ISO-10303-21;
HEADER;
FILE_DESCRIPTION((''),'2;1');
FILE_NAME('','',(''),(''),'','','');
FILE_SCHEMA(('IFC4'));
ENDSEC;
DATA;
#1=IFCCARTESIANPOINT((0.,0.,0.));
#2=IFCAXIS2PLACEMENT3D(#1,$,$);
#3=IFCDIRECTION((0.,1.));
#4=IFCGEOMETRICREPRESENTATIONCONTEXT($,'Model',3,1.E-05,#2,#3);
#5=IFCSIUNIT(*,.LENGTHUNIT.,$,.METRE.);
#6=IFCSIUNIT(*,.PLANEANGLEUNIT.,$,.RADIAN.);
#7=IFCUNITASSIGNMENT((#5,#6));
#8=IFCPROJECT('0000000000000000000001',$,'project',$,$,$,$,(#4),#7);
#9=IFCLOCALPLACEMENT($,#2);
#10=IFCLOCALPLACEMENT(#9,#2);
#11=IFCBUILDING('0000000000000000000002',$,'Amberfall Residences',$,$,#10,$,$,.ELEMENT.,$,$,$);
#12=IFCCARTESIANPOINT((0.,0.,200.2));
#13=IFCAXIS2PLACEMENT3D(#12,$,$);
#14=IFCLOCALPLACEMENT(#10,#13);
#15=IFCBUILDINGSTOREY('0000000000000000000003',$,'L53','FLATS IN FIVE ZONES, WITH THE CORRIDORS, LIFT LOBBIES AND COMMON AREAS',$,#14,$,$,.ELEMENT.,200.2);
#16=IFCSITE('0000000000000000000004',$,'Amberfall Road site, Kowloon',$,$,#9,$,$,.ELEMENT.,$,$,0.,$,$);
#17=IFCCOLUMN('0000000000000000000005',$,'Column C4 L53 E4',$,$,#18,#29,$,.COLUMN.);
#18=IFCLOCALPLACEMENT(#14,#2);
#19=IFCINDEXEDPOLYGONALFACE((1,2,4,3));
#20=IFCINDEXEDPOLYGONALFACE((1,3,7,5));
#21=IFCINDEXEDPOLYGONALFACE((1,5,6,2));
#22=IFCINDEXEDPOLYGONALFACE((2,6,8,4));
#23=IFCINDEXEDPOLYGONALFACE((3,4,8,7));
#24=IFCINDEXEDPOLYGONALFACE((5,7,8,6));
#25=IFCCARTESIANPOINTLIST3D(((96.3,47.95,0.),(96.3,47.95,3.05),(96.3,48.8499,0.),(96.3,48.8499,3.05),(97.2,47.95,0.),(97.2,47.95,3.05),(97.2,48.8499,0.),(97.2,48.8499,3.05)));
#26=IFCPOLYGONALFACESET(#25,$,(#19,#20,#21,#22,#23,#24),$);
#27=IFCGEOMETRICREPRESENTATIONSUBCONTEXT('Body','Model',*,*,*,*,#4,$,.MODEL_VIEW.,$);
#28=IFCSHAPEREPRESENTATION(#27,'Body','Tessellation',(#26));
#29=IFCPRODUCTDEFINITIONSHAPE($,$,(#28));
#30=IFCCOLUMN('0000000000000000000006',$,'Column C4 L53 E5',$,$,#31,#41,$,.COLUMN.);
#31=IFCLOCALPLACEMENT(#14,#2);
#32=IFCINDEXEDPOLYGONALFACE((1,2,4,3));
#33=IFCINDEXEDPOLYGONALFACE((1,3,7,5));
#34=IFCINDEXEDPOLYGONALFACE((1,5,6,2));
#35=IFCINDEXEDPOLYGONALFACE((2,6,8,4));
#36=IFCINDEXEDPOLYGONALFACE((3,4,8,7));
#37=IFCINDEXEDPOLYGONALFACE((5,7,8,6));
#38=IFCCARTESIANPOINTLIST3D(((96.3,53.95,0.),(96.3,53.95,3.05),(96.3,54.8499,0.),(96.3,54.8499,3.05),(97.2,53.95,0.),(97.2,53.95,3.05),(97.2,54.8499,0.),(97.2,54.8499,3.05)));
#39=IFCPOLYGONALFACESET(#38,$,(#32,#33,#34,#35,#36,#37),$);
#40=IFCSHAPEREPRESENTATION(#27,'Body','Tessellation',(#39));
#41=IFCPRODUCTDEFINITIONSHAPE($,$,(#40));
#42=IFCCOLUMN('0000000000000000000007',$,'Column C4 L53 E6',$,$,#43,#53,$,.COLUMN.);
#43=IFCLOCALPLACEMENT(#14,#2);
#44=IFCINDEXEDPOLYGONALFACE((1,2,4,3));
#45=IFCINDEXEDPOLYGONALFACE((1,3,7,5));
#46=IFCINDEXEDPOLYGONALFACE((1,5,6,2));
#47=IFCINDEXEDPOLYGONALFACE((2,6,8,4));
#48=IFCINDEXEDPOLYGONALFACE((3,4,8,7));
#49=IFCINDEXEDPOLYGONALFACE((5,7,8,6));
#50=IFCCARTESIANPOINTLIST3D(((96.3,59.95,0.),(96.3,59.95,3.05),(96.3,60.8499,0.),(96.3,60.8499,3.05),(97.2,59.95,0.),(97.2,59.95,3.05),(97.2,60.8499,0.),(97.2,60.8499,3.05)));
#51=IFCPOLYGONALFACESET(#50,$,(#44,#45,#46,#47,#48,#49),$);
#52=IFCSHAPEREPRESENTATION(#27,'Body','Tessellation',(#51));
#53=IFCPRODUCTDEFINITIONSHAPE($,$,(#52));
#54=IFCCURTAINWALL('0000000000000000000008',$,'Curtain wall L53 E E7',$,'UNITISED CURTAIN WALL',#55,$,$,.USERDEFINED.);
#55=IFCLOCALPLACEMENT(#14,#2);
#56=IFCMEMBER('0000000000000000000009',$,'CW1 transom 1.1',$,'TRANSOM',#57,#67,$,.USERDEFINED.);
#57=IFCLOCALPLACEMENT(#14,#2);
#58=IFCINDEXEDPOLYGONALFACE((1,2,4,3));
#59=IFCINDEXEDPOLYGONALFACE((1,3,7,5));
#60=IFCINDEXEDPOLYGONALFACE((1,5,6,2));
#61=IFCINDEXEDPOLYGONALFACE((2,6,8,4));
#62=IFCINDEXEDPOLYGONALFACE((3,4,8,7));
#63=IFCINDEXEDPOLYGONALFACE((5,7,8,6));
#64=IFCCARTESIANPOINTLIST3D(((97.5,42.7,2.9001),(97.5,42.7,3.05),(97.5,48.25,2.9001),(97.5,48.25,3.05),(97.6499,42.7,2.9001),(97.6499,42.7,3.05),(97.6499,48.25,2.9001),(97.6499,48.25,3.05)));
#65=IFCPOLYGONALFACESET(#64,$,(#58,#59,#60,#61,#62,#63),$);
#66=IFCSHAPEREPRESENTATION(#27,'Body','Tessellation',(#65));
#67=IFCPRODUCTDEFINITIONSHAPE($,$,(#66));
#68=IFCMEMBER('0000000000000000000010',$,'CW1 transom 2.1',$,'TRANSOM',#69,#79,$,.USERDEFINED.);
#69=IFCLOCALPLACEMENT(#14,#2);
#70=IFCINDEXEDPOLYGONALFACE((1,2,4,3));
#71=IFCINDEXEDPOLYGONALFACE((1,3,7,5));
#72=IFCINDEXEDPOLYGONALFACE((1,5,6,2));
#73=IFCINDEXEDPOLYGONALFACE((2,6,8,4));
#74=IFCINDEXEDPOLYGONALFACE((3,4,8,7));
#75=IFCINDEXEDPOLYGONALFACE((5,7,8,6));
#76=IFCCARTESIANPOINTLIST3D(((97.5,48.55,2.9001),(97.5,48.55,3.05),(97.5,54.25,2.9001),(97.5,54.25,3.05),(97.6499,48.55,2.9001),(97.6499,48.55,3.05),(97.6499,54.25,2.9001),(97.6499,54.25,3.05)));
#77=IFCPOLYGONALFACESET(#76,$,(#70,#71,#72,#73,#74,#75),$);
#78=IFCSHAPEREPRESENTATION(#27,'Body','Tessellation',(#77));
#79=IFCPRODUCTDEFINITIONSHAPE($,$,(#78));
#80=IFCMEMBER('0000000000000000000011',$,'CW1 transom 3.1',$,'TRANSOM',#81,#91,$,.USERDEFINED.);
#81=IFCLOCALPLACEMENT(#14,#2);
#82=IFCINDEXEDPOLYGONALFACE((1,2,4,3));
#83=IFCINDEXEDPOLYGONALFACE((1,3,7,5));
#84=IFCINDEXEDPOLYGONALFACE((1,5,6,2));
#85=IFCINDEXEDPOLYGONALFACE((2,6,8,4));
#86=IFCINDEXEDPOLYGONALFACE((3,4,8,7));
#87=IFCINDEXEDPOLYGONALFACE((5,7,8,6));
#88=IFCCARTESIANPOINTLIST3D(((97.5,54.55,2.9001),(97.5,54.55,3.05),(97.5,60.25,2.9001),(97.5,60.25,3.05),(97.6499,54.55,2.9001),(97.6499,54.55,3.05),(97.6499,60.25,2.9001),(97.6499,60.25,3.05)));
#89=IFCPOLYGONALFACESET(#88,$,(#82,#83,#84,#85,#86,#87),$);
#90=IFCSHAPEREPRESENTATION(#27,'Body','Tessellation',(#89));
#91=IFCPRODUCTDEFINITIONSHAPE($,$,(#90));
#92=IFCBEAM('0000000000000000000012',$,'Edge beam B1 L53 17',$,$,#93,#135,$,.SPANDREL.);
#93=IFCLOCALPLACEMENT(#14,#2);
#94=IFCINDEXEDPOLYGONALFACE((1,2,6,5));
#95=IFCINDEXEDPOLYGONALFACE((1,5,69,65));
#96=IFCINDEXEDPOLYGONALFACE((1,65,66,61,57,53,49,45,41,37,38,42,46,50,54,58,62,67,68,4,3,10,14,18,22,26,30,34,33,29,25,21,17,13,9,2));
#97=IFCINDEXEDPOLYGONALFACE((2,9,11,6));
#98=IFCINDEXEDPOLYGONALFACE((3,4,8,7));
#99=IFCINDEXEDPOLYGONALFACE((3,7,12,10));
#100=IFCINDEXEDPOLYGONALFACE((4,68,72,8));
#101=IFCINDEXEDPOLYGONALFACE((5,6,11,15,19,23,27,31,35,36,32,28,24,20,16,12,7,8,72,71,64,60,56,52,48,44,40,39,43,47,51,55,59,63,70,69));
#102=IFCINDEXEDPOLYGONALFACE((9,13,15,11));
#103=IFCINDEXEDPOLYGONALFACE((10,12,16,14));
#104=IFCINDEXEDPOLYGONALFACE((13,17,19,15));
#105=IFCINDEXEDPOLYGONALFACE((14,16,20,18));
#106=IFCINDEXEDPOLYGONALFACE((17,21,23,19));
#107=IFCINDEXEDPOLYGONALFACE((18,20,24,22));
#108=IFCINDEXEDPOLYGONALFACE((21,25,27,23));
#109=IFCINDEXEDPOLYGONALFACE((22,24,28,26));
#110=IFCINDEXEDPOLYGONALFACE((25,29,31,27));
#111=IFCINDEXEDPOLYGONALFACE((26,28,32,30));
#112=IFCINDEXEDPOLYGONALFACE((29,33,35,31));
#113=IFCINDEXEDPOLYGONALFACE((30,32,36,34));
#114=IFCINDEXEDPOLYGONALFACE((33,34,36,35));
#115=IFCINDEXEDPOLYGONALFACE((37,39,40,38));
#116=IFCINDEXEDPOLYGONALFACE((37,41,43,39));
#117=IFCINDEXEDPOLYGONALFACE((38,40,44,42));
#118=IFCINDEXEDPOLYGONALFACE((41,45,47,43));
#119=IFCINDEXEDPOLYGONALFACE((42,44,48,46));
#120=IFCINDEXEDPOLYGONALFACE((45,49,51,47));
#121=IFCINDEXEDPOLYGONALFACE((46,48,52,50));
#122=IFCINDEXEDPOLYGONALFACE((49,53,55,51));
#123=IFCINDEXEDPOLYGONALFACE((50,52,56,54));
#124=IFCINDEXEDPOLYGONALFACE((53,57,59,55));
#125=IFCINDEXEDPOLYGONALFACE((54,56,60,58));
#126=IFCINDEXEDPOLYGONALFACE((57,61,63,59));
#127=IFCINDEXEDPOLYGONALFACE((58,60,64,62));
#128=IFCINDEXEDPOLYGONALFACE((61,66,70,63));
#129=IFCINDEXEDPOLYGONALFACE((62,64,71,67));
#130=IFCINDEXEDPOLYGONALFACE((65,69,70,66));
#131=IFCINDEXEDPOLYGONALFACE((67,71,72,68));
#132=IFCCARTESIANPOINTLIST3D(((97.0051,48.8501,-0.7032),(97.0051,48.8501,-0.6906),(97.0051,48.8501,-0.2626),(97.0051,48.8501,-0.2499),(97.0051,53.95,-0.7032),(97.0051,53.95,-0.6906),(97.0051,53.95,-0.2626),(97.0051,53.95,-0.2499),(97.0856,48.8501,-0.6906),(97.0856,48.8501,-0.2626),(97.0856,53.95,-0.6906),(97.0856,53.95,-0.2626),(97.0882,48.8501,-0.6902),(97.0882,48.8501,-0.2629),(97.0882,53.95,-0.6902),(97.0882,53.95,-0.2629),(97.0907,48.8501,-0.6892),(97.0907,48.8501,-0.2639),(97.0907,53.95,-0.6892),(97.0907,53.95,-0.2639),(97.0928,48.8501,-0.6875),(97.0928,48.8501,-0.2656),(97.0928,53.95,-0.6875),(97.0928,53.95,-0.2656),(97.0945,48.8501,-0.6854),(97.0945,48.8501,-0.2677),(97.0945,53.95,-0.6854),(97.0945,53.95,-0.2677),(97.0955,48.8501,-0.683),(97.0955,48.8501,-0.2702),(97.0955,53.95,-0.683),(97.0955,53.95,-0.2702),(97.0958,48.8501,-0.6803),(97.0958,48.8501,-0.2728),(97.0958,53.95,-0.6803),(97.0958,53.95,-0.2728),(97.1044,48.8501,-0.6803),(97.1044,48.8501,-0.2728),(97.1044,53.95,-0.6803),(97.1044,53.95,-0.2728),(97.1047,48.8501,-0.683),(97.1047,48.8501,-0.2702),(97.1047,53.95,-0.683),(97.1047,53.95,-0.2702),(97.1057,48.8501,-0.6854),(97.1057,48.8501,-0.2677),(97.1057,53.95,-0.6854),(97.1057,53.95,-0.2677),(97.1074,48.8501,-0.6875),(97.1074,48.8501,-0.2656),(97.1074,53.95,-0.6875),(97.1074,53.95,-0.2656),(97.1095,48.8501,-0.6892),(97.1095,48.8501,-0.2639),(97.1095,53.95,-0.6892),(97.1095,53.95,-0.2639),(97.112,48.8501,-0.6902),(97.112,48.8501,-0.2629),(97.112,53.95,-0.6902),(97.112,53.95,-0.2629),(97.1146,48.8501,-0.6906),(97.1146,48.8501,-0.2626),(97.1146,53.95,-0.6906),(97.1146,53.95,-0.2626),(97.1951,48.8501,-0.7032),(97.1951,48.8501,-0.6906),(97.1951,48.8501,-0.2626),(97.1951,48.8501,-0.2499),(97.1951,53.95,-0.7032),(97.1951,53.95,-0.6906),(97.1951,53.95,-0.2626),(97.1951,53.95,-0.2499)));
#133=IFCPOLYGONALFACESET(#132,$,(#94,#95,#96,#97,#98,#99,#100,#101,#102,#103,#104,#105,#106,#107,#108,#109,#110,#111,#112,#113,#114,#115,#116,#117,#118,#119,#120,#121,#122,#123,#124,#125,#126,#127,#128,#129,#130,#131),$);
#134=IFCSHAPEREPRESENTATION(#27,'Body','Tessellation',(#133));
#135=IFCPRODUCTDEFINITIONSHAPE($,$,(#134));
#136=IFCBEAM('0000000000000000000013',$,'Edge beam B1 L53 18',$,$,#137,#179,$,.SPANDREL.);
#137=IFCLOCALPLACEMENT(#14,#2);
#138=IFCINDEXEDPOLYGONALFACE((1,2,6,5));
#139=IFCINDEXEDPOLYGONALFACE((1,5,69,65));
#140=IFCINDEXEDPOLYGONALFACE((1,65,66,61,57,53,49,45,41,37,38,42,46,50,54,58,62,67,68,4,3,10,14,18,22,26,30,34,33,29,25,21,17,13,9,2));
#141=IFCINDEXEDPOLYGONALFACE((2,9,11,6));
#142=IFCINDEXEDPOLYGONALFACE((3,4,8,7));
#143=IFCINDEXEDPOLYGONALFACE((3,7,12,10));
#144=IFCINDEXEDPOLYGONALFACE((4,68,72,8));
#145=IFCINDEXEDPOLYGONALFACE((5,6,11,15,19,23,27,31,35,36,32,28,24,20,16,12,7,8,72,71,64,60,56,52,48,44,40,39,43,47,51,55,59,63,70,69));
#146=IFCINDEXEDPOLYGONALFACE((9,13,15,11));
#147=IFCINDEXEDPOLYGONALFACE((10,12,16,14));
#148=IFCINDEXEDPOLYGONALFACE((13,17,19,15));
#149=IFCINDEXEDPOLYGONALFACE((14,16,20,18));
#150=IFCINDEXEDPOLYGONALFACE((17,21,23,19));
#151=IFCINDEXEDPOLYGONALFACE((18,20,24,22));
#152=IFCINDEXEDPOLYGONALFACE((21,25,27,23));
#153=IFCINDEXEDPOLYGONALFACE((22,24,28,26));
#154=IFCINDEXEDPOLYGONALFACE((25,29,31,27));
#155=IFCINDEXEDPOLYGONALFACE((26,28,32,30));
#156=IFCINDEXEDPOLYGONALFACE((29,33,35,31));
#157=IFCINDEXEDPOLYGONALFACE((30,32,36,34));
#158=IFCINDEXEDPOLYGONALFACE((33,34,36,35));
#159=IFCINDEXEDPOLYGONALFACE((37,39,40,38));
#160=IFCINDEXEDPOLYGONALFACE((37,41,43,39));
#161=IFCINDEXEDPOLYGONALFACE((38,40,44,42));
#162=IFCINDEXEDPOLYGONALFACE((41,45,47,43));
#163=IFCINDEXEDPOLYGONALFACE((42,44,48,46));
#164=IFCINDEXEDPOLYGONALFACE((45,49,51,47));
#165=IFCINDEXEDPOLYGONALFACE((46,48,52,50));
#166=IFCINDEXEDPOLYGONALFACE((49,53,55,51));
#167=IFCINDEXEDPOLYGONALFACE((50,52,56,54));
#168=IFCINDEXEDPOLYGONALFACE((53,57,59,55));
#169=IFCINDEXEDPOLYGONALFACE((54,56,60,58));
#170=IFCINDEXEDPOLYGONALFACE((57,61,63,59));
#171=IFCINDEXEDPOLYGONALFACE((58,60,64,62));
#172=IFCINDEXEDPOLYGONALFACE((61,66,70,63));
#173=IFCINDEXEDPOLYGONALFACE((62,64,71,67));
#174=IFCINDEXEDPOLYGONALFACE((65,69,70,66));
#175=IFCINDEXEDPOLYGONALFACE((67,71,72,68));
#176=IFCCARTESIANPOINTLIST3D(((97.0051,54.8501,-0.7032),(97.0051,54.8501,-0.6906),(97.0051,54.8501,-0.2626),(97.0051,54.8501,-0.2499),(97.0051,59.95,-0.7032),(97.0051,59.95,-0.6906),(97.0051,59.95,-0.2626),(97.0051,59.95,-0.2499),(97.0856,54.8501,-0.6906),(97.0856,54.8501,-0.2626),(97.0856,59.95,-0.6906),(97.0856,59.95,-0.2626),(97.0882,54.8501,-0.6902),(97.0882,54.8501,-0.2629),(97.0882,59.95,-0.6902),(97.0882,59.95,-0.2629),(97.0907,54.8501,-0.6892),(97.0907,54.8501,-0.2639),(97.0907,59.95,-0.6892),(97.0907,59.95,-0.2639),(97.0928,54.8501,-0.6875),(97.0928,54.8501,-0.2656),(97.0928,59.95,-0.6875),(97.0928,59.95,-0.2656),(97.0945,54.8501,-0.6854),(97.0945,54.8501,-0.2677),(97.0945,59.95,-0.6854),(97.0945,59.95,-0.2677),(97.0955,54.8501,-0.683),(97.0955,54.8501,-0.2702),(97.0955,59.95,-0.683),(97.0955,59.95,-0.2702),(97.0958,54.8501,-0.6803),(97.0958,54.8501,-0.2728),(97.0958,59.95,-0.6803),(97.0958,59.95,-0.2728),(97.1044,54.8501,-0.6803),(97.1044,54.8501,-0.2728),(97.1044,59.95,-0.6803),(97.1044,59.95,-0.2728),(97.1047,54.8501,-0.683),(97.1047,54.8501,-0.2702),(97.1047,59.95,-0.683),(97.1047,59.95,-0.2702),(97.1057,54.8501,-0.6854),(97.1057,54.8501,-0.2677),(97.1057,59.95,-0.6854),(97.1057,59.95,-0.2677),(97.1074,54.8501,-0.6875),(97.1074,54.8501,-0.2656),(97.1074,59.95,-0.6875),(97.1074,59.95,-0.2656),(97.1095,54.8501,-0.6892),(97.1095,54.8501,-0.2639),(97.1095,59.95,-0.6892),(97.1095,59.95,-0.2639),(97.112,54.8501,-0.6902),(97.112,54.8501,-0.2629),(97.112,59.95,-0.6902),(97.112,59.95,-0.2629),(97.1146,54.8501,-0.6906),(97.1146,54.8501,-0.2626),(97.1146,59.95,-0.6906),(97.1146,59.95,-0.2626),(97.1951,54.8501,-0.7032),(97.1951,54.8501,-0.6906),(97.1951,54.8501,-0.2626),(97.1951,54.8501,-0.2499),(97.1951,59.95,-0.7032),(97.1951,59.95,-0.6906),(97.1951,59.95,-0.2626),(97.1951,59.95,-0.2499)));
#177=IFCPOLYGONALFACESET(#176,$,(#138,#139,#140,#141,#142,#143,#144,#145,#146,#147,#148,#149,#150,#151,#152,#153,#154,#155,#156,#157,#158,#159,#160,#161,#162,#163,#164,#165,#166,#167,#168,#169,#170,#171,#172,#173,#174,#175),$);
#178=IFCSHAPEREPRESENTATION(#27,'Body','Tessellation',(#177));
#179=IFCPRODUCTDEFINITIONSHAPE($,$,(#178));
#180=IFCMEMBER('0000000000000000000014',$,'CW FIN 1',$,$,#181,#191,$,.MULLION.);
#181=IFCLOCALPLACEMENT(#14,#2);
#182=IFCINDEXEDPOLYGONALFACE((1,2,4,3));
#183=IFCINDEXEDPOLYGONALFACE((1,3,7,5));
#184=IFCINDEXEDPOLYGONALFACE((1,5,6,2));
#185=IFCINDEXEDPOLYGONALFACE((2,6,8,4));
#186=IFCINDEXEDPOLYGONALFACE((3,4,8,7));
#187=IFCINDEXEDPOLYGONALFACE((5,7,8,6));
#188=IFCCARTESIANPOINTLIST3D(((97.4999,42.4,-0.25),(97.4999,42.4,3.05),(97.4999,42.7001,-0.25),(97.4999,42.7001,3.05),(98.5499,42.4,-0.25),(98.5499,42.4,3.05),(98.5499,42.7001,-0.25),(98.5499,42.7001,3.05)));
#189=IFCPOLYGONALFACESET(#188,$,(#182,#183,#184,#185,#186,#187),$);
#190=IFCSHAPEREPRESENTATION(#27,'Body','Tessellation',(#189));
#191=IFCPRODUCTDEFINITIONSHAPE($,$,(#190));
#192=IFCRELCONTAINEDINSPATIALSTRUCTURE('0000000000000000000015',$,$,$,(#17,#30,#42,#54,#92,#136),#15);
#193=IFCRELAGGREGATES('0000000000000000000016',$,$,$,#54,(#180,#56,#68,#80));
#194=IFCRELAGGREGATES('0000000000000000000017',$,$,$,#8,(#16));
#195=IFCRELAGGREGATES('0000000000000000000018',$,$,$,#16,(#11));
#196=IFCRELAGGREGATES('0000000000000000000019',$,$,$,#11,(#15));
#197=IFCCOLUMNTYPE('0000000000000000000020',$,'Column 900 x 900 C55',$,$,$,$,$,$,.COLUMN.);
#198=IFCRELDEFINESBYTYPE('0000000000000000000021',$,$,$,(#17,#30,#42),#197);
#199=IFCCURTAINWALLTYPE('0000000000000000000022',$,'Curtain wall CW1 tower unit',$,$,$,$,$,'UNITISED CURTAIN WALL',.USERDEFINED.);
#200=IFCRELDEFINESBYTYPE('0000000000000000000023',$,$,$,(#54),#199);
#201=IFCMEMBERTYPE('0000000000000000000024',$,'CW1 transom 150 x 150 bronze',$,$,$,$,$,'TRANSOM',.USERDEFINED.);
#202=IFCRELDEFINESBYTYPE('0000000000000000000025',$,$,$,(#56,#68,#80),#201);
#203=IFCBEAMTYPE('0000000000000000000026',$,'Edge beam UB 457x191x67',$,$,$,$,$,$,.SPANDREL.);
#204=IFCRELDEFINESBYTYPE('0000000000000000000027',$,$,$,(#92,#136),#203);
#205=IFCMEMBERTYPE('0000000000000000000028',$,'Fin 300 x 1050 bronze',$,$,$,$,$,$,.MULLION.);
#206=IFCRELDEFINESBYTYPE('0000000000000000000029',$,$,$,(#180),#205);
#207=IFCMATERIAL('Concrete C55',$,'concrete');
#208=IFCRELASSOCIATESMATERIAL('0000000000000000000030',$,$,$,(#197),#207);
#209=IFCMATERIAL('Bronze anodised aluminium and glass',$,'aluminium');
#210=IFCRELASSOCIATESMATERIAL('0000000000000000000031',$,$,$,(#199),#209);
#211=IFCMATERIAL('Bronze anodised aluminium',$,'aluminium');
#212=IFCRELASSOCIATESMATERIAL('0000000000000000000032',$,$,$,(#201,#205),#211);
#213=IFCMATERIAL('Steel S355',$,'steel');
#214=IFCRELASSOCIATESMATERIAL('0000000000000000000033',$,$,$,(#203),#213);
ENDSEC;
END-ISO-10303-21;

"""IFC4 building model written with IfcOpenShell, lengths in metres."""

from ifc_helpers import new_model, si_unit, direction, frame, origin, origin_2d, place, context, subcontext, project, spatial, rectangle, i_section, extrude, material, material_profile, profile_set, type_object, element, aggregate, save


model = new_model("IFC4")

# Units and contexts
model_context = context("Model", 3, precision=1e-05, world=origin(), true_north=direction((0.0, 1.0)))
body_context = subcontext(model_context, "Body", "Model", "MODEL_VIEW")
ifc_project = project(units=[si_unit("LENGTHUNIT", "METRE"), si_unit("PLANEANGLEUNIT", "RADIAN")], contexts=[model_context])

# Site, building, storey
site_placement = place(None, origin())
site = spatial("IfcSite", under=ifc_project, at=site_placement, Name="Amberfall Road site, Kowloon", CompositionType="ELEMENT", RefElevation=0.0)
building_placement = place(site_placement, origin())
building = spatial("IfcBuilding", under=site, at=building_placement, Name="Amberfall Residences", CompositionType="ELEMENT")
storey_placement = place(building_placement, frame((0.0, 0.0, 200.2)))
storey = spatial("IfcBuildingStorey", under=building, at=storey_placement, Name="L53", Description="FLATS IN FIVE ZONES, WITH THE CORRIDORS, LIFT LOBBIES AND COMMON AREAS", CompositionType="ELEMENT", Elevation=200.2)

# Columns
ifc_material_1 = material(Name="Concrete C55", Category="concrete")
ifc_material_profile_1 = material_profile(ifc_material_1, rectangle(XDim=0.8999, YDim=0.8999, at=origin_2d()), Name="Column 900 x 900 C55")
ifc_profile_set_1 = profile_set([ifc_material_profile_1], Name="Concrete C55")
column_type = type_object("IfcColumnType", Name="Column 900 x 900 C55", PredefinedType="COLUMN", material=ifc_profile_set_1)
for number, where, z_axis, x_axis, name in (
    (1, (96.75, 48.3999, 0.0), (0.0, 0.0, 1.0), (1.0, 0.0, 0.0), "Column C4 L53 E4"),
    (2, (96.75, 54.3999, 0.0), (0.0, 0.0, 1.0), (1.0, 0.0, 0.0), "Column C4 L53 E5"),
    (3, (96.75, 60.3999, 0.0), (0.0, 0.0, 1.0), (1.0, 0.0, 0.0), "Column C4 L53 E6"),
):
    element("IfcColumn", number, at=place(storey_placement, frame(where, z_axis=z_axis, x_axis=x_axis)), inside=storey, type_object=column_type, Name=name, PredefinedType="COLUMN", context=body_context, shape_type="SweptSolid", body=[
        extrude(rectangle(XDim=0.8999, YDim=0.8999, at=origin_2d()), origin(), (0.0, 0.0, 1.0), 3.05),
    ])

# Curtain wall, members
ifc_material_2 = material(Name="Bronze anodised aluminium and glass", Category="aluminium")
curtain_wall_type = type_object("IfcCurtainWallType", Name="Curtain wall CW1 tower unit", ElementType="UNITISED CURTAIN WALL", PredefinedType="USERDEFINED", material=ifc_material_2)
curtain_wall_placement = place(storey_placement, origin())
curtain_wall = element("IfcCurtainWall", 4, at=curtain_wall_placement, inside=storey, type_object=curtain_wall_type, Name="Curtain wall L53 E E7", ObjectType="UNITISED CURTAIN WALL", PredefinedType="USERDEFINED")
ifc_material_3 = material(Name="Bronze anodised aluminium", Category="aluminium")
ifc_material_profile_2 = material_profile(ifc_material_3, rectangle(XDim=0.1499, YDim=0.1499, at=origin_2d()), Name="CW1 transom 150 x 150 bronze")
ifc_profile_set_2 = profile_set([ifc_material_profile_2], Name="Bronze anodised aluminium")
member_type_1 = type_object("IfcMemberType", Name="CW1 transom 150 x 150 bronze", ElementType="TRANSOM", PredefinedType="USERDEFINED", material=ifc_profile_set_2)
member_1_placement = place(storey_placement, frame((97.575, 42.7, 2.9751), z_axis=(0.0, 1.0, 0.0), x_axis=(-1.0, 0.0, 0.0)))
member_1 = element("IfcMember", 5, at=member_1_placement, type_object=member_type_1, Name="CW1 transom 1.1", ObjectType="TRANSOM", PredefinedType="USERDEFINED", context=body_context, shape_type="SweptSolid", body=[
    extrude(rectangle(XDim=0.1499, YDim=0.1499, at=origin_2d()), origin(), (0.0, 0.0, 1.0), 5.55),
])
member_2_placement = place(storey_placement, frame((97.575, 48.55, 2.9751), z_axis=(0.0, 1.0, 0.0), x_axis=(-1.0, 0.0, 0.0)))
member_2 = element("IfcMember", 6, at=member_2_placement, type_object=member_type_1, Name="CW1 transom 2.1", ObjectType="TRANSOM", PredefinedType="USERDEFINED", context=body_context, shape_type="SweptSolid", body=[
    extrude(rectangle(XDim=0.1499, YDim=0.1499, at=origin_2d()), origin(), (0.0, 0.0, 1.0), 5.7),
])
member_3_placement = place(storey_placement, frame((97.575, 54.55, 2.9751), z_axis=(0.0, 1.0, 0.0), x_axis=(-1.0, 0.0, 0.0)))
member_3 = element("IfcMember", 7, at=member_3_placement, type_object=member_type_1, Name="CW1 transom 3.1", ObjectType="TRANSOM", PredefinedType="USERDEFINED", context=body_context, shape_type="SweptSolid", body=[
    extrude(rectangle(XDim=0.1499, YDim=0.1499, at=origin_2d()), origin(), (0.0, 0.0, 1.0), 5.7),
])

# Beams
ifc_material_4 = material(Name="Steel S355", Category="steel")
ifc_material_profile_3 = material_profile(ifc_material_4, i_section(OverallWidth=0.1899, OverallDepth=0.4534, WebThickness=0.0085, FlangeThickness=0.0127, FilletRadius=0.0103, at=origin_2d()), Name="UB 457x191x67")
ifc_profile_set_3 = profile_set([ifc_material_profile_3], Name="Steel S355")
beam_type_1 = type_object("IfcBeamType", Name="Edge beam UB 457x191x67", PredefinedType="SPANDREL", material=ifc_profile_set_3)
for number, where, z_axis, x_axis, name in (
    (8, (97.1001, 48.8501, -0.4766), (0.0, 1.0, 0.0), (-1.0, 0.0, 0.0), "Edge beam B1 L53 17"),
    (9, (97.1001, 54.8501, -0.4766), (0.0, 1.0, 0.0), (-1.0, 0.0, 0.0), "Edge beam B1 L53 18"),
):
    element("IfcBeam", number, at=place(storey_placement, frame(where, z_axis=z_axis, x_axis=x_axis)), inside=storey, type_object=beam_type_1, Name=name, PredefinedType="SPANDREL", context=body_context, shape_type="SweptSolid", body=[
        extrude(i_section(OverallWidth=0.1899, OverallDepth=0.4534, WebThickness=0.0085, FlangeThickness=0.0127, FilletRadius=0.0103, at=origin_2d()), origin(), (0.0, 0.0, 1.0), 5.0999),
    ])

# Member
ifc_material_profile_4 = material_profile(ifc_material_3, rectangle(XDim=1.05, YDim=0.3, at=origin_2d()), Name="Fin 300 x 1050 bronze")
ifc_profile_set_4 = profile_set([ifc_material_profile_4], Name="Bronze anodised aluminium")
member_type_2 = type_object("IfcMemberType", Name="Fin 300 x 1050 bronze", PredefinedType="MULLION", material=ifc_profile_set_4)
member_4_placement = place(storey_placement, frame((98.0249, 42.55, -0.25), z_axis=(0.0, 0.0, 1.0), x_axis=(-1.0, 0.0, 0.0)))
member_4 = element("IfcMember", 10, at=member_4_placement, type_object=member_type_2, Name="CW FIN 1", PredefinedType="MULLION", context=body_context, shape_type="SweptSolid", body=[
    extrude(rectangle(XDim=1.05, YDim=0.3, at=origin_2d()), origin(), (0.0, 0.0, 1.0), 3.3),
])

aggregate(curtain_wall, [member_4, member_1, member_2, member_3])

save(model, "model.ifc")
